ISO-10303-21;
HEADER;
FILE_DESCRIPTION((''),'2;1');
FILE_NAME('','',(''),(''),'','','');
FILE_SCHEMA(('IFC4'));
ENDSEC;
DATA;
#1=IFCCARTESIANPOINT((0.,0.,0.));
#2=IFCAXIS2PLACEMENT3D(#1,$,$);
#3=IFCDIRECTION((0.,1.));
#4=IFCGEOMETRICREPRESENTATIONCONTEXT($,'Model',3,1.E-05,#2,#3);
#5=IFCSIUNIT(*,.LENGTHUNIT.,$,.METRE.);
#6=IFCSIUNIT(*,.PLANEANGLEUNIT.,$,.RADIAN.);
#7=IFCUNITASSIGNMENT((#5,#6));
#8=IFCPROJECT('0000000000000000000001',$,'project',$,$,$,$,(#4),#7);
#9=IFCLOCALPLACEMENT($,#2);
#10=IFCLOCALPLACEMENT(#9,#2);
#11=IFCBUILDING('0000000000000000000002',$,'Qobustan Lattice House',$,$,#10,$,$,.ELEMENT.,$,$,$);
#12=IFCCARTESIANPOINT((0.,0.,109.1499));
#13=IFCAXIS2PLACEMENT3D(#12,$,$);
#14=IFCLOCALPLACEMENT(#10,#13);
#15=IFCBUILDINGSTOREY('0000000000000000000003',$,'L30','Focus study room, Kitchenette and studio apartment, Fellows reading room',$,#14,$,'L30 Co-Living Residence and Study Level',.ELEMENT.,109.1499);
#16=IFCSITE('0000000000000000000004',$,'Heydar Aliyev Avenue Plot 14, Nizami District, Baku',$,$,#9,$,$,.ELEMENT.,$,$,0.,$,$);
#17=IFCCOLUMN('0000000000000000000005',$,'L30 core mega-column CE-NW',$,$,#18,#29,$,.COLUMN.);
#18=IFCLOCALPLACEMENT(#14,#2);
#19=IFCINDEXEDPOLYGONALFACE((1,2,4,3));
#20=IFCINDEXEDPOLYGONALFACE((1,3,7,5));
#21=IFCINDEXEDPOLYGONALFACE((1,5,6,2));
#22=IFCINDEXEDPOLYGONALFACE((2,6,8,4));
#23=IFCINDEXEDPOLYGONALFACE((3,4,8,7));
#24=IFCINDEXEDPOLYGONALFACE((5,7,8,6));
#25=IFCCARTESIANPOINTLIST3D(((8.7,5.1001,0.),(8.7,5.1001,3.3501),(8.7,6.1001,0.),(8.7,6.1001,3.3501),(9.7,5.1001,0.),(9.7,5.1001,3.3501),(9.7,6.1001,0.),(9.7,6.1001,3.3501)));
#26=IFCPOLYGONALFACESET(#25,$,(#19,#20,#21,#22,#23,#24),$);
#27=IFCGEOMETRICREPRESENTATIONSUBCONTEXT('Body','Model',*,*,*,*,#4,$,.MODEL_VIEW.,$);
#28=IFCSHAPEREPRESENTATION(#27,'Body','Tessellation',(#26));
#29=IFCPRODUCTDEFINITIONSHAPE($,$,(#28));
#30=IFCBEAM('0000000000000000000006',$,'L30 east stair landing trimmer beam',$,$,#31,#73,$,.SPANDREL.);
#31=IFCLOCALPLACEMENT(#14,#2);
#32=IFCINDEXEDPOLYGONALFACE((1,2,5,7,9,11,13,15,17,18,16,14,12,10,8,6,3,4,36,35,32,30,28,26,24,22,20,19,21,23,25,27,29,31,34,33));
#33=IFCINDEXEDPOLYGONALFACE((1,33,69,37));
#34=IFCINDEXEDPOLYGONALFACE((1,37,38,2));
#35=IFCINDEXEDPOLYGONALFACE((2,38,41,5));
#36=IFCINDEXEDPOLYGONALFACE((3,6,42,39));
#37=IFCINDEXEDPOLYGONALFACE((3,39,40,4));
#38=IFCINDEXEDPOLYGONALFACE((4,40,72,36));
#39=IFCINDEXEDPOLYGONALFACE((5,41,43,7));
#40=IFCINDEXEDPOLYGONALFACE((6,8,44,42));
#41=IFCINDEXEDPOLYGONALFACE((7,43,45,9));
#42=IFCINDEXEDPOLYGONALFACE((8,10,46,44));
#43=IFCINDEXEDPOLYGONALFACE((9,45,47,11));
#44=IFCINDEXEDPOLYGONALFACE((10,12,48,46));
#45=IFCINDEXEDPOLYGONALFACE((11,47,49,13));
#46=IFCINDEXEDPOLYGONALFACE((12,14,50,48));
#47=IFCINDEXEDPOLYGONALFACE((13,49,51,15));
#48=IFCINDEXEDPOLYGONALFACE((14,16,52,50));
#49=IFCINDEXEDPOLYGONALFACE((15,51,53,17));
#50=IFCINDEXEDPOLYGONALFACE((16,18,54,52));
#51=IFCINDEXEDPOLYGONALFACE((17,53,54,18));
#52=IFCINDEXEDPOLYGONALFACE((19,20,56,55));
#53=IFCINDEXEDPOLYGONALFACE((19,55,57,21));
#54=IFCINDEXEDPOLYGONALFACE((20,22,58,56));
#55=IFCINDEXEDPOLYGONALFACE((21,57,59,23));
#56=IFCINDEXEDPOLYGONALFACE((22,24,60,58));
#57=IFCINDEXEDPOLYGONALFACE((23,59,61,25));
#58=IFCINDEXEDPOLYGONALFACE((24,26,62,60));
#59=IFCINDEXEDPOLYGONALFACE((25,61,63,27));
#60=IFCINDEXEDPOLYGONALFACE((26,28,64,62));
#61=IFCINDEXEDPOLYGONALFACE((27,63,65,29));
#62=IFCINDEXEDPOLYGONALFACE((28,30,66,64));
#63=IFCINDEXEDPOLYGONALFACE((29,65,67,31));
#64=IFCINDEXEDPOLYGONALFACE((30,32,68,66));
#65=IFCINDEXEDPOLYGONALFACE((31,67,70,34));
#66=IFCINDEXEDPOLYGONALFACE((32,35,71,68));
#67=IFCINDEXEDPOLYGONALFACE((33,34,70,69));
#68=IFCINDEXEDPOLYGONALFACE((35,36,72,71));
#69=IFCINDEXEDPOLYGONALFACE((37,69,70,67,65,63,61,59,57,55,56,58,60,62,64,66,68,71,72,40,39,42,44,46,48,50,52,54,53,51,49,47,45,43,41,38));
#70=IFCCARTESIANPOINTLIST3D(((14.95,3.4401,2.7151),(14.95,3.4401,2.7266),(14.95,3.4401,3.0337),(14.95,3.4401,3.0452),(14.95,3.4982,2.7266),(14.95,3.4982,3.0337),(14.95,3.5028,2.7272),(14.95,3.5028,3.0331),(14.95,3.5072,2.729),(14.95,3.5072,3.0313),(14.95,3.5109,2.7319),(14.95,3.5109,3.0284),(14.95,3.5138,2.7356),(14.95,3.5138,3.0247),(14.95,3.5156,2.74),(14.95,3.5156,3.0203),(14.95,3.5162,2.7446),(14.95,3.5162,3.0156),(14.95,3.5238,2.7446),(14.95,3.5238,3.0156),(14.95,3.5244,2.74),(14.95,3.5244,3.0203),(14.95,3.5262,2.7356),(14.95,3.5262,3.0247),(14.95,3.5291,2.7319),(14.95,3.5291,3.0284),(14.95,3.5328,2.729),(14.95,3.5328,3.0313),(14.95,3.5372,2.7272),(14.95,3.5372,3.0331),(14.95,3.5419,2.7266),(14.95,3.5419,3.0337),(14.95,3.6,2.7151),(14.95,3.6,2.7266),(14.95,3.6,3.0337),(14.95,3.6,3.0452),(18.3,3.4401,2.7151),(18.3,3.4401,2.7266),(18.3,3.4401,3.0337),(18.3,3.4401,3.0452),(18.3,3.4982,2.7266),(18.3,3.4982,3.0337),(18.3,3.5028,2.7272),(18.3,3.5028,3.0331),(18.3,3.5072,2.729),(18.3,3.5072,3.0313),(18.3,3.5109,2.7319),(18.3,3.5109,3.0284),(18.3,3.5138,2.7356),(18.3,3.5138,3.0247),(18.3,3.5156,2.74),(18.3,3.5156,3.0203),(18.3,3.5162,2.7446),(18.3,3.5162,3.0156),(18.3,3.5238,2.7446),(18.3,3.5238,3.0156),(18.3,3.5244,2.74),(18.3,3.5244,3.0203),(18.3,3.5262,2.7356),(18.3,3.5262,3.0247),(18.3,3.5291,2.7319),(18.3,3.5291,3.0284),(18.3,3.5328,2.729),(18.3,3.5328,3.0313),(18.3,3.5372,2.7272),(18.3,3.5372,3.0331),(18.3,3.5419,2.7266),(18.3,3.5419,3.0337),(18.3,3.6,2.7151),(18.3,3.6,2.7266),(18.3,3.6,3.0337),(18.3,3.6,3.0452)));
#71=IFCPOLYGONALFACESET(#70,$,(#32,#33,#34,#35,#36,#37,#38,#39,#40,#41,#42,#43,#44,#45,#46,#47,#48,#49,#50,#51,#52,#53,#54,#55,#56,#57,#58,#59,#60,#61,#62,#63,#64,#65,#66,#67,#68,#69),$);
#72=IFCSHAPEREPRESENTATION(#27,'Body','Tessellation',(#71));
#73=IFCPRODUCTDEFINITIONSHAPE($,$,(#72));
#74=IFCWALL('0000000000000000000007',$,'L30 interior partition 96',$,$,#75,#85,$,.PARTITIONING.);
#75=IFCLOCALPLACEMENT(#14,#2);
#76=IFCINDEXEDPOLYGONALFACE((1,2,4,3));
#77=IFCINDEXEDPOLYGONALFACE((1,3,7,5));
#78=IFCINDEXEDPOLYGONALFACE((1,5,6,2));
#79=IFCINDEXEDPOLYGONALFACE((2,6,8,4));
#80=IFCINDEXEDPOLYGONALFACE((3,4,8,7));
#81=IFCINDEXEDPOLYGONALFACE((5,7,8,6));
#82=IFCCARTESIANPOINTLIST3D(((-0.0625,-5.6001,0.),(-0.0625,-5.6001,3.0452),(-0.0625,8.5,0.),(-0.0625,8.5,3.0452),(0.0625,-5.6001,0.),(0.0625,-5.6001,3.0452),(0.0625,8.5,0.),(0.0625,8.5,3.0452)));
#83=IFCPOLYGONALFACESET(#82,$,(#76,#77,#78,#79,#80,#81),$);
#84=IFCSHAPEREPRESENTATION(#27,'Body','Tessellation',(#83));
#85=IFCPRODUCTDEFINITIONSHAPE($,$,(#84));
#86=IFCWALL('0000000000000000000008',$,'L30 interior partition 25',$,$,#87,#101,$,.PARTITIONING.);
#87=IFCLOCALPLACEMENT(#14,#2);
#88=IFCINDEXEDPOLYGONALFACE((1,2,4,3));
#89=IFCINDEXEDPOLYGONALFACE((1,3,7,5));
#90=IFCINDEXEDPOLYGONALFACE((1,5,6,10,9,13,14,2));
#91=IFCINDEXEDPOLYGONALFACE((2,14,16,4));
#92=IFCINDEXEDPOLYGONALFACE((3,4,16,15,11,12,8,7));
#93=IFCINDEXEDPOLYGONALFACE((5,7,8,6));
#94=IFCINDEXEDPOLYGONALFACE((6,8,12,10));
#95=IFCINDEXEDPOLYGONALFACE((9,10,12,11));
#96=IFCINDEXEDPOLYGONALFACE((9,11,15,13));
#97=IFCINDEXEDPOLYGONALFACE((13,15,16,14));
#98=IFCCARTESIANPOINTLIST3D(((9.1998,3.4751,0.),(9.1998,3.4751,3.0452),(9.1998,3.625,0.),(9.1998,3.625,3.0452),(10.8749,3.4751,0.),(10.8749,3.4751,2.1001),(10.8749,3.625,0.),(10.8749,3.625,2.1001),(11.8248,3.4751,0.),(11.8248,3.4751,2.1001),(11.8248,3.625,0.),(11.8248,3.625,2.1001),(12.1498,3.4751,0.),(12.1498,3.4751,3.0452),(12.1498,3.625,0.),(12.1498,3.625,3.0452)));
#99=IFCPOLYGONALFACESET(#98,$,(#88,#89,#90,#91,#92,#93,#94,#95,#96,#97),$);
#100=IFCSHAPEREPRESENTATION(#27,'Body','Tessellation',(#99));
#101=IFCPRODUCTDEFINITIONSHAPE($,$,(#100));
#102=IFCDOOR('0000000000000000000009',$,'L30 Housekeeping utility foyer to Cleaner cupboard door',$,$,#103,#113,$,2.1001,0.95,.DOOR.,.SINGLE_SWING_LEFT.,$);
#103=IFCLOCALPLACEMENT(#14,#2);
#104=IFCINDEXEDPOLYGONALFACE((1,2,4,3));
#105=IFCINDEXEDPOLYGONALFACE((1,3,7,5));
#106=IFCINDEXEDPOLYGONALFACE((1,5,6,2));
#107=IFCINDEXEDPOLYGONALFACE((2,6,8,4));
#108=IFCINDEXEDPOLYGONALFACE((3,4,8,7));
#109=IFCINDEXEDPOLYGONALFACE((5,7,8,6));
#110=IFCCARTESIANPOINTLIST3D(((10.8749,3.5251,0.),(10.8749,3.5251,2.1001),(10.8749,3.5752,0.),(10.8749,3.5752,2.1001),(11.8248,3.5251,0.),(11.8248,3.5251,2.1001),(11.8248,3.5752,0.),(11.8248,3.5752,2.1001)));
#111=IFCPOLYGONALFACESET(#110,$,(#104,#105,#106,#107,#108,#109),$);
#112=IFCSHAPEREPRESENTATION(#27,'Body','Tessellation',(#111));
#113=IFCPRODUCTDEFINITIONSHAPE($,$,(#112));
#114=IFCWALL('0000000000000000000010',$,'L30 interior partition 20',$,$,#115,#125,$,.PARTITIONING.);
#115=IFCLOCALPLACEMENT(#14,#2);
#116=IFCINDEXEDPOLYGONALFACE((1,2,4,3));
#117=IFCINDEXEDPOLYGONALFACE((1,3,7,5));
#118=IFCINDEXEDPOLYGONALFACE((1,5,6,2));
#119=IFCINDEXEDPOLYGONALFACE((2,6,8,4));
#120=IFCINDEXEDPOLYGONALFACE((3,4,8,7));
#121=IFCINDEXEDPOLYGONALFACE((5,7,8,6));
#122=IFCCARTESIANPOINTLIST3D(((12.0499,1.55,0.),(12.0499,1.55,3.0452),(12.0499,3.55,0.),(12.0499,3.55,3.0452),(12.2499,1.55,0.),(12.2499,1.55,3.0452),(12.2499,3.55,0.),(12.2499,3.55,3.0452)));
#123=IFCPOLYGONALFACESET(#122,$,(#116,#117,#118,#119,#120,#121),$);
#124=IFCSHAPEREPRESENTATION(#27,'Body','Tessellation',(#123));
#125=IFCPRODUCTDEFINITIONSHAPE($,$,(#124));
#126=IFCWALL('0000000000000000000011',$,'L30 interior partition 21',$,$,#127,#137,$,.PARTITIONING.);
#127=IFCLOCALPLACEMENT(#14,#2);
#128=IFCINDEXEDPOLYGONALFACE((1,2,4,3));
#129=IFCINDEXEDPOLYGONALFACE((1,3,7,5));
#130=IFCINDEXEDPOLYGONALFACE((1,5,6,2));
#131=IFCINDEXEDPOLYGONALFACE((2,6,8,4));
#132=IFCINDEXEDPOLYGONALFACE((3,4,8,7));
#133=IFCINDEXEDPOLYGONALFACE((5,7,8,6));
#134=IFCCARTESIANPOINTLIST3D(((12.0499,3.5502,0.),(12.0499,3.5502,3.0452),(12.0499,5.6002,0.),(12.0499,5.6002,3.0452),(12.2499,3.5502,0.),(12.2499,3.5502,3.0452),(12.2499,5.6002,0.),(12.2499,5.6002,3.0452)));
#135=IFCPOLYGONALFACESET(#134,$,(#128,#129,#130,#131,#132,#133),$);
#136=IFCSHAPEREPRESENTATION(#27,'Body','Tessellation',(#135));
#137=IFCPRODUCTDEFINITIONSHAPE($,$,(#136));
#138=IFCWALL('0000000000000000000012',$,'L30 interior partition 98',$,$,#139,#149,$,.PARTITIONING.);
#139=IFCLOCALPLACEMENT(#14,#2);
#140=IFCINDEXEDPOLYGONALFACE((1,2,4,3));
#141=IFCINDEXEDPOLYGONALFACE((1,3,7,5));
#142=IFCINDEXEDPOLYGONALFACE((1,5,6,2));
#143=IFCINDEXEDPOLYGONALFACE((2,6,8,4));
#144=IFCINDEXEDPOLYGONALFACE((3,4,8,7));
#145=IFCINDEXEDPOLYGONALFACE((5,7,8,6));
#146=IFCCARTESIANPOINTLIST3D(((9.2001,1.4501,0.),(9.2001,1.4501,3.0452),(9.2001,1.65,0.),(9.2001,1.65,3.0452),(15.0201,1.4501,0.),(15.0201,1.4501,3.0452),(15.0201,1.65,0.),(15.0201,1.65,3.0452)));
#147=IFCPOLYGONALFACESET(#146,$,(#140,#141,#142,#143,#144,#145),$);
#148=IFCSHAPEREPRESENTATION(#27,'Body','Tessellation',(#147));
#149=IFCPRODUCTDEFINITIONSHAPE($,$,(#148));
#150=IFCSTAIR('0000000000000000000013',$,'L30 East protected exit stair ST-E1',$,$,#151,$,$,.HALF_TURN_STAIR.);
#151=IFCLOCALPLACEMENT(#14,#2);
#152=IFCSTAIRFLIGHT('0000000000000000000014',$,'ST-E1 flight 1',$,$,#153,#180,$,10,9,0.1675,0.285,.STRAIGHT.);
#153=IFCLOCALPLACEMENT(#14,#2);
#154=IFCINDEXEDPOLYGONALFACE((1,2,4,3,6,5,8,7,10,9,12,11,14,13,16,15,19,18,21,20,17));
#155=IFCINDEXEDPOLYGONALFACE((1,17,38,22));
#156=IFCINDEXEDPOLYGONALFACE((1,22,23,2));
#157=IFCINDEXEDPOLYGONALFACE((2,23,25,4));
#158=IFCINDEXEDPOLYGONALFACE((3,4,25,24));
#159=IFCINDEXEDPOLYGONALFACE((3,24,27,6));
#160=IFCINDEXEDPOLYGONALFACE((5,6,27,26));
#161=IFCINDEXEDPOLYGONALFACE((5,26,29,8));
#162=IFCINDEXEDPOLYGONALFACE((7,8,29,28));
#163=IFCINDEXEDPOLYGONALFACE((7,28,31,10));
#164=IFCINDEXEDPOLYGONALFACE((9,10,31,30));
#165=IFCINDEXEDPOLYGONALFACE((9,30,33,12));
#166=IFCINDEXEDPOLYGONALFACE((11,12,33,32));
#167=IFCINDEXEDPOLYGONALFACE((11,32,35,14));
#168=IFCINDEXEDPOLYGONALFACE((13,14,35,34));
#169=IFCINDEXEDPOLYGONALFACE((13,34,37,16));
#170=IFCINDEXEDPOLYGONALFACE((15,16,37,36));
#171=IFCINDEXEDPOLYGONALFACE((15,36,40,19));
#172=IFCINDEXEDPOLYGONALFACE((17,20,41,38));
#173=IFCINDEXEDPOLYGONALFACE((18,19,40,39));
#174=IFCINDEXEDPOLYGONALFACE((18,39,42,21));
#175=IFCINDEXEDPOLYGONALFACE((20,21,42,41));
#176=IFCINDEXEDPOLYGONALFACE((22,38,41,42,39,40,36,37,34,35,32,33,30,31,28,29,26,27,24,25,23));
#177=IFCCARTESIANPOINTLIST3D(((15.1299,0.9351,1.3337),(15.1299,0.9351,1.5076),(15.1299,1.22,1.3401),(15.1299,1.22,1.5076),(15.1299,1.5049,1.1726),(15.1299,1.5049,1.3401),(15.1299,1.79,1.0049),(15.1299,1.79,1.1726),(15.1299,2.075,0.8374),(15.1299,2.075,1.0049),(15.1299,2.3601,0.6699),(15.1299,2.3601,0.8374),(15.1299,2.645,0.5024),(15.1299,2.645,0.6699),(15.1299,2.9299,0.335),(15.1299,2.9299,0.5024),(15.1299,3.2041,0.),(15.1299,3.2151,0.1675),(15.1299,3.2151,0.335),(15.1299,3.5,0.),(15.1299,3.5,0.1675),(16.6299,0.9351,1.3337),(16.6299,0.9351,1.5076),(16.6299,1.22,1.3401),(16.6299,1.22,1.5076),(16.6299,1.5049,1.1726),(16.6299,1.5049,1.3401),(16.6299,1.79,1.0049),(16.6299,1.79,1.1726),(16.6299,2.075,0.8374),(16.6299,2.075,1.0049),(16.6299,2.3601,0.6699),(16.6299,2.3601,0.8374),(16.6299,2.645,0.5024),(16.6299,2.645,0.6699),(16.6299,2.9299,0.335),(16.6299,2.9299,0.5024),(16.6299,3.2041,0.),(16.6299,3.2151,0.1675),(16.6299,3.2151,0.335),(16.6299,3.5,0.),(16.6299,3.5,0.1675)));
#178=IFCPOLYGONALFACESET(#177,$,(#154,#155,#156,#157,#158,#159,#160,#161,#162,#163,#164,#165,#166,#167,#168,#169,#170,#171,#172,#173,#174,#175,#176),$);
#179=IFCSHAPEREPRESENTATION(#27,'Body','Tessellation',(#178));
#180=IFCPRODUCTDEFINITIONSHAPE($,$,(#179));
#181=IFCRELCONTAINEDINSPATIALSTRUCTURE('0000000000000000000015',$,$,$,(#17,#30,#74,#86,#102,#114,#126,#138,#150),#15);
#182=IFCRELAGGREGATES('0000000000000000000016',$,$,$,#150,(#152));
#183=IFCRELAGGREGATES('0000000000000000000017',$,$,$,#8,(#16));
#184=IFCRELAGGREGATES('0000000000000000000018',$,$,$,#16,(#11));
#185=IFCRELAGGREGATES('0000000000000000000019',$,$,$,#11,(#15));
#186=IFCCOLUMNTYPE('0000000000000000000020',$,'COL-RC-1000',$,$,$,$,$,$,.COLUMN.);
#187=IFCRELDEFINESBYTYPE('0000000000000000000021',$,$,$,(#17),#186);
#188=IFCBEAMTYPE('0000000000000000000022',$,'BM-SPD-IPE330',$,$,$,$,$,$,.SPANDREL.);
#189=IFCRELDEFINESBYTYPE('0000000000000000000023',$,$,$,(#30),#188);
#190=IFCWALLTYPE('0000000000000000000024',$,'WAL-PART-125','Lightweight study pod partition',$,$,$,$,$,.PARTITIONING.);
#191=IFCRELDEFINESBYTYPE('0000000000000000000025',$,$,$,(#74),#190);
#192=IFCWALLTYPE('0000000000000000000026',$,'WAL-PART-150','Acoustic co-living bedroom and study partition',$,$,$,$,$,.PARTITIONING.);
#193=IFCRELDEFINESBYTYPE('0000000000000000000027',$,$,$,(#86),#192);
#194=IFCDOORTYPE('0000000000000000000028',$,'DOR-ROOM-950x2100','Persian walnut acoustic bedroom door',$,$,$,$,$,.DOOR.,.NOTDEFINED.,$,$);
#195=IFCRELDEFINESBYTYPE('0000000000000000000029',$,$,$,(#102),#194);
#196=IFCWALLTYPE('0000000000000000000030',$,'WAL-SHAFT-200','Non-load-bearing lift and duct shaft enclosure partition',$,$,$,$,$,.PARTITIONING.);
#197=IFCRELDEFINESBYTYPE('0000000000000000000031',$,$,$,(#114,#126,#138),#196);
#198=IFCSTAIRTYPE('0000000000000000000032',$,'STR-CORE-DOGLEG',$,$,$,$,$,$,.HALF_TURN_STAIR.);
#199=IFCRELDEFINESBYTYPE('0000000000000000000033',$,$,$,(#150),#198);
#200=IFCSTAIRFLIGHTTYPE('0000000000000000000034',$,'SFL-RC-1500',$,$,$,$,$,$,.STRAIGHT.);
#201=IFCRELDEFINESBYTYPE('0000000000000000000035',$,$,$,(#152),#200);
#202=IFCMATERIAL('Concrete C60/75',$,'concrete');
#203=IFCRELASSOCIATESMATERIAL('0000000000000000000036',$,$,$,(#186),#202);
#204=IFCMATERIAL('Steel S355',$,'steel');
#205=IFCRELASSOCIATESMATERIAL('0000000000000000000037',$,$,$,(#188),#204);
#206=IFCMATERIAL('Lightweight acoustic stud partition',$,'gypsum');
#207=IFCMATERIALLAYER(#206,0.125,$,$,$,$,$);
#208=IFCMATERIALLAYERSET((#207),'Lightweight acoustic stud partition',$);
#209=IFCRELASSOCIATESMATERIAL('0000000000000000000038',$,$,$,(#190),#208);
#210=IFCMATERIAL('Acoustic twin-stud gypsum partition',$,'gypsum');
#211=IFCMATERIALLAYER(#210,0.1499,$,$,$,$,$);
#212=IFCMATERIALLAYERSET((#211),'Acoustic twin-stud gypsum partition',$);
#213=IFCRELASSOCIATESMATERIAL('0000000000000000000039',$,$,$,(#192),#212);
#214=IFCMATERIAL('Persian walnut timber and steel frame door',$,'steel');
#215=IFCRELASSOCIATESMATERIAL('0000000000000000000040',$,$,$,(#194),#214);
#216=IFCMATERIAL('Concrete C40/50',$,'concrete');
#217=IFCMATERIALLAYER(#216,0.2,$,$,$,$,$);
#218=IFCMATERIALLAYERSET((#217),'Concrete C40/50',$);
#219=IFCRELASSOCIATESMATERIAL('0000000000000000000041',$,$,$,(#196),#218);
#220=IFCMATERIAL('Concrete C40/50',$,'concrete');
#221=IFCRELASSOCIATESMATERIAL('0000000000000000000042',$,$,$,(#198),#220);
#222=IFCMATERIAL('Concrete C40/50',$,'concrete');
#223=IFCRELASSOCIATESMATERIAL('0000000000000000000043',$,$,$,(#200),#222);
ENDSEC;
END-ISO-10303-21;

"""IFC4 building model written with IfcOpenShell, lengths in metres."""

from ifc_helpers import new_model, si_unit, direction, frame, frame_2d, origin, origin_2d, place, context, subcontext, project, spatial, polyline, rectangle, i_section, outline, extrude, material, layer, layer_set, material_profile, profile_set, type_object, element, fill, aggregate, save


model = new_model("IFC4")

# Units and contexts
model_context = context("Model", 3, precision=1e-05, world=origin(), true_north=direction((0.0, 1.0)))
body_context = subcontext(model_context, "Body", "Model", "MODEL_VIEW")
ifc_project = project(units=[si_unit("LENGTHUNIT", "METRE"), si_unit("PLANEANGLEUNIT", "RADIAN")], contexts=[model_context])

# Site, building, storey
site_placement = place(None, origin())
site = spatial("IfcSite", under=ifc_project, at=site_placement, Name="Heydar Aliyev Avenue Plot 14, Nizami District, Baku", CompositionType="ELEMENT", RefElevation=0.0)
building_placement = place(site_placement, origin())
building = spatial("IfcBuilding", under=site, at=building_placement, Name="Qobustan Lattice House", CompositionType="ELEMENT")
storey_placement = place(building_placement, frame((0.0, 0.0, 109.1499)))
storey = spatial("IfcBuildingStorey", under=building, at=storey_placement, Name="L30", Description="Focus study room, Kitchenette and studio apartment, Fellows reading room", LongName="L30 Co-Living Residence and Study Level", CompositionType="ELEMENT", Elevation=109.1499)

# Column
ifc_material_1 = material(Name="Concrete C60/75", Category="concrete")
ifc_material_profile_1 = material_profile(ifc_material_1, rectangle(XDim=1.0, YDim=1.0, at=origin_2d()), Name="RC1000x1000")
ifc_profile_set_1 = profile_set([ifc_material_profile_1], Name="Concrete C60/75")
column_type = type_object("IfcColumnType", Name="COL-RC-1000", PredefinedType="COLUMN", material=ifc_profile_set_1)
column_placement = place(storey_placement, frame((9.2, 5.6001, 0.0), z_axis=(0.0, 0.0, 1.0), x_axis=(1.0, 0.0, 0.0)))
element("IfcColumn", 1, at=column_placement, inside=storey, type_object=column_type, Name="L30 core mega-column CE-NW", PredefinedType="COLUMN", context=body_context, shape_type="SweptSolid", body=[
    extrude(rectangle(XDim=1.0, YDim=1.0, at=origin_2d()), origin(), (0.0, 0.0, 1.0), 3.3501),
])

# Beam
ifc_material_2 = material(Name="Steel S355", Category="steel")
ifc_material_profile_2 = material_profile(ifc_material_2, i_section(OverallWidth=0.1599, OverallDepth=0.3301, WebThickness=0.0076, FlangeThickness=0.0115, FilletRadius=0.0181, at=origin_2d()), Name="IPE330")
ifc_profile_set_2 = profile_set([ifc_material_profile_2], Name="Steel S355")
beam_type = type_object("IfcBeamType", Name="BM-SPD-IPE330", PredefinedType="SPANDREL", material=ifc_profile_set_2)
beam_placement = place(storey_placement, frame((14.95, 3.52, 2.8801), z_axis=(1.0, 0.0, 0.0), x_axis=(0.0, 1.0, 0.0)))
element("IfcBeam", 2, at=beam_placement, inside=storey, type_object=beam_type, Name="L30 east stair landing trimmer beam", PredefinedType="SPANDREL", context=body_context, shape_type="SweptSolid", body=[
    extrude(i_section(OverallWidth=0.1599, OverallDepth=0.3301, WebThickness=0.0076, FlangeThickness=0.0115, FilletRadius=0.0181, at=origin_2d()), origin(), (0.0, 0.0, 1.0), 3.3501),
])

# Wall
ifc_material_3 = material(Name="Lightweight acoustic stud partition", Category="gypsum")
ifc_layer_1 = layer(ifc_material_3, 0.125)
ifc_layer_set_1 = layer_set([ifc_layer_1], Name="Lightweight acoustic stud partition")
wall_type_1 = type_object("IfcWallType", Name="WAL-PART-125", Description="Lightweight study pod partition", PredefinedType="PARTITIONING", material=ifc_layer_set_1)
wall_1_placement = place(storey_placement, frame((0.0, 8.5, 0.0), z_axis=(0.0, 0.0, 1.0), x_axis=(0.0, -1.0, 0.0)))
element("IfcWall", 3, at=wall_1_placement, inside=storey, type_object=wall_type_1, Name="L30 interior partition 96", PredefinedType="PARTITIONING", context=body_context, shape_type="SweptSolid", body=[
    extrude(rectangle(XDim=14.1001, YDim=0.125, at=frame_2d((7.05, 0.0))), origin(), (0.0, 0.0, 1.0), 3.0452),
])

# Wall, opening, door
ifc_material_4 = material(Name="Acoustic twin-stud gypsum partition", Category="gypsum")
ifc_layer_2 = layer(ifc_material_4, 0.1499)
ifc_layer_set_2 = layer_set([ifc_layer_2], Name="Acoustic twin-stud gypsum partition")
wall_type_2 = type_object("IfcWallType", Name="WAL-PART-150", Description="Acoustic co-living bedroom and study partition", PredefinedType="PARTITIONING", material=ifc_layer_set_2)
wall_2_placement = place(storey_placement, frame((12.1499, 3.55, 0.0), z_axis=(0.0, 0.0, 1.0), x_axis=(-1.0, 0.0, 0.0)))
wall_2 = element("IfcWall", 4, at=wall_2_placement, inside=storey, type_object=wall_type_2, Name="L30 interior partition 25", PredefinedType="PARTITIONING", context=body_context, shape_type="SweptSolid", body=[
    extrude(rectangle(XDim=2.95, YDim=0.1499, at=frame_2d((1.4751, 0.0))), origin(), (0.0, 0.0, 1.0), 3.0452),
])
opening_1_placement = place(wall_2_placement, frame((0.325, 0.0, 0.0)))
opening_1 = element("IfcOpeningElement", 5, at=opening_1_placement, cuts=wall_2, PredefinedType="OPENING", context=body_context, shape_type="SweptSolid", body=[
    extrude(rectangle(XDim=0.95, YDim=2.1001, at=frame_2d((0.4751, 1.05))), frame((0.0, 0.085, 0.0), z_axis=(0.0, -1.0, 0.0), x_axis=(1.0, 0.0, 0.0)), (0.0, 0.0, 1.0), 0.1699),
])
ifc_material_5 = material(Name="Persian walnut timber and steel frame door", Category="steel")
door_type_1 = type_object("IfcDoorType", Name="DOR-ROOM-950x2100", Description="Persian walnut acoustic bedroom door", OperationType="NOTDEFINED", PredefinedType="DOOR", material=ifc_material_5)
door_1_placement = place(opening_1_placement, origin())
door_1 = element("IfcDoor", 6, at=door_1_placement, inside=storey, type_object=door_type_1, Name="L30 Housekeeping utility foyer to Cleaner cupboard door", OperationType="SINGLE_SWING_LEFT", OverallHeight=2.1001, OverallWidth=0.95, PredefinedType="DOOR", context=body_context, shape_type="SweptSolid", body=[
    extrude(rectangle(XDim=0.95, YDim=2.1001, at=frame_2d((0.4751, 1.05))), frame((0.0, 0.0249, 0.0), z_axis=(0.0, -1.0, 0.0), x_axis=(1.0, 0.0, 0.0)), (0.0, 0.0, 1.0), 0.05),
])
fill(opening_1, door_1)

# Walls
ifc_material_6 = material(Name="Concrete C40/50", Category="concrete")
ifc_layer_3 = layer(ifc_material_6, 0.2)
ifc_layer_set_3 = layer_set([ifc_layer_3], Name="Concrete C40/50")
wall_type_3 = type_object("IfcWallType", Name="WAL-SHAFT-200", Description="Non-load-bearing lift and duct shaft enclosure partition", PredefinedType="PARTITIONING", material=ifc_layer_set_3)
wall_3_placement = place(storey_placement, frame((12.1499, 3.55, 0.0), z_axis=(0.0, 0.0, 1.0), x_axis=(0.0, -1.0, 0.0)))
element("IfcWall", 7, at=wall_3_placement, inside=storey, type_object=wall_type_3, Name="L30 interior partition 20", PredefinedType="PARTITIONING", context=body_context, shape_type="SweptSolid", body=[
    extrude(rectangle(XDim=2.0, YDim=0.2, at=frame_2d((1.0, 0.0))), origin(), (0.0, 0.0, 1.0), 3.0452),
])
wall_4_placement = place(storey_placement, frame((12.1499, 5.6001, 0.0), z_axis=(0.0, 0.0, 1.0), x_axis=(0.0, -1.0, 0.0)))
element("IfcWall", 8, at=wall_4_placement, inside=storey, type_object=wall_type_3, Name="L30 interior partition 21", PredefinedType="PARTITIONING", context=body_context, shape_type="SweptSolid", body=[
    extrude(rectangle(XDim=2.05, YDim=0.2, at=frame_2d((1.0249, 0.0))), origin(), (0.0, 0.0, 1.0), 3.0452),
])
wall_5_placement = place(storey_placement, frame((9.2, 1.55, 0.0), z_axis=(0.0, 0.0, 1.0), x_axis=(1.0, 0.0, 0.0)))
element("IfcWall", 9, at=wall_5_placement, inside=storey, type_object=wall_type_3, Name="L30 interior partition 98", PredefinedType="PARTITIONING", context=body_context, shape_type="SweptSolid", body=[
    extrude(rectangle(XDim=5.8201, YDim=0.2, at=frame_2d((2.9102, 0.0))), origin(), (0.0, 0.0, 1.0), 3.0452),
])

# Stair, stair flight
ifc_material_7 = material(Name="Concrete C40/50", Category="concrete")
stair_type = type_object("IfcStairType", Name="STR-CORE-DOGLEG", PredefinedType="HALF_TURN_STAIR", material=ifc_material_7)
stair_placement = place(storey_placement, origin())
stair = element("IfcStair", 10, at=stair_placement, inside=storey, type_object=stair_type, Name="L30 East protected exit stair ST-E1", PredefinedType="HALF_TURN_STAIR")
ifc_material_8 = material(Name="Concrete C40/50", Category="concrete")
stair_flight_type = type_object("IfcStairFlightType", Name="SFL-RC-1500", PredefinedType="STRAIGHT", material=ifc_material_8)
stair_flight_1_placement = place(storey_placement, frame((15.8799, 3.5, 0.0), z_axis=(0.0, 0.0, 1.0), x_axis=(0.0, -1.0, 0.0)))
stair_flight_1 = element("IfcStairFlight", 11, at=stair_flight_1_placement, type_object=stair_flight_type, Name="ST-E1 flight 1", NumberOfRisers=10, NumberOfTreads=9, PredefinedType="STRAIGHT", RiserHeight=0.1675, TreadLength=0.285, context=body_context, shape_type="SweptSolid", body=[
    extrude(outline(polyline([(0.0, 0.0), (0.0, 0.1675), (0.2849, 0.1675), (0.2849, 0.335), (0.5701, 0.335), (0.5701, 0.5024), (0.855, 0.5024), (0.855, 0.6699), (1.1399, 0.6699), (1.1399, 0.8374), (1.425, 0.8374), (1.425, 1.0049), (1.71, 1.0049), (1.71, 1.1726), (1.9951, 1.1726), (1.9951, 1.3401), (2.28, 1.3401), (2.28, 1.5076), (2.5649, 1.5076), (2.5649, 1.675), (2.5649, 1.3337), (0.2959, 0.0), (0.0, 0.0)])), frame((0.0, 0.75, 0.0), z_axis=(0.0, -1.0, 0.0), x_axis=(1.0, 0.0, 0.0)), (0.0, 0.0, 1.0), 1.5),
])
aggregate(stair, [stair_flight_1])

save(model, "model.ifc")
